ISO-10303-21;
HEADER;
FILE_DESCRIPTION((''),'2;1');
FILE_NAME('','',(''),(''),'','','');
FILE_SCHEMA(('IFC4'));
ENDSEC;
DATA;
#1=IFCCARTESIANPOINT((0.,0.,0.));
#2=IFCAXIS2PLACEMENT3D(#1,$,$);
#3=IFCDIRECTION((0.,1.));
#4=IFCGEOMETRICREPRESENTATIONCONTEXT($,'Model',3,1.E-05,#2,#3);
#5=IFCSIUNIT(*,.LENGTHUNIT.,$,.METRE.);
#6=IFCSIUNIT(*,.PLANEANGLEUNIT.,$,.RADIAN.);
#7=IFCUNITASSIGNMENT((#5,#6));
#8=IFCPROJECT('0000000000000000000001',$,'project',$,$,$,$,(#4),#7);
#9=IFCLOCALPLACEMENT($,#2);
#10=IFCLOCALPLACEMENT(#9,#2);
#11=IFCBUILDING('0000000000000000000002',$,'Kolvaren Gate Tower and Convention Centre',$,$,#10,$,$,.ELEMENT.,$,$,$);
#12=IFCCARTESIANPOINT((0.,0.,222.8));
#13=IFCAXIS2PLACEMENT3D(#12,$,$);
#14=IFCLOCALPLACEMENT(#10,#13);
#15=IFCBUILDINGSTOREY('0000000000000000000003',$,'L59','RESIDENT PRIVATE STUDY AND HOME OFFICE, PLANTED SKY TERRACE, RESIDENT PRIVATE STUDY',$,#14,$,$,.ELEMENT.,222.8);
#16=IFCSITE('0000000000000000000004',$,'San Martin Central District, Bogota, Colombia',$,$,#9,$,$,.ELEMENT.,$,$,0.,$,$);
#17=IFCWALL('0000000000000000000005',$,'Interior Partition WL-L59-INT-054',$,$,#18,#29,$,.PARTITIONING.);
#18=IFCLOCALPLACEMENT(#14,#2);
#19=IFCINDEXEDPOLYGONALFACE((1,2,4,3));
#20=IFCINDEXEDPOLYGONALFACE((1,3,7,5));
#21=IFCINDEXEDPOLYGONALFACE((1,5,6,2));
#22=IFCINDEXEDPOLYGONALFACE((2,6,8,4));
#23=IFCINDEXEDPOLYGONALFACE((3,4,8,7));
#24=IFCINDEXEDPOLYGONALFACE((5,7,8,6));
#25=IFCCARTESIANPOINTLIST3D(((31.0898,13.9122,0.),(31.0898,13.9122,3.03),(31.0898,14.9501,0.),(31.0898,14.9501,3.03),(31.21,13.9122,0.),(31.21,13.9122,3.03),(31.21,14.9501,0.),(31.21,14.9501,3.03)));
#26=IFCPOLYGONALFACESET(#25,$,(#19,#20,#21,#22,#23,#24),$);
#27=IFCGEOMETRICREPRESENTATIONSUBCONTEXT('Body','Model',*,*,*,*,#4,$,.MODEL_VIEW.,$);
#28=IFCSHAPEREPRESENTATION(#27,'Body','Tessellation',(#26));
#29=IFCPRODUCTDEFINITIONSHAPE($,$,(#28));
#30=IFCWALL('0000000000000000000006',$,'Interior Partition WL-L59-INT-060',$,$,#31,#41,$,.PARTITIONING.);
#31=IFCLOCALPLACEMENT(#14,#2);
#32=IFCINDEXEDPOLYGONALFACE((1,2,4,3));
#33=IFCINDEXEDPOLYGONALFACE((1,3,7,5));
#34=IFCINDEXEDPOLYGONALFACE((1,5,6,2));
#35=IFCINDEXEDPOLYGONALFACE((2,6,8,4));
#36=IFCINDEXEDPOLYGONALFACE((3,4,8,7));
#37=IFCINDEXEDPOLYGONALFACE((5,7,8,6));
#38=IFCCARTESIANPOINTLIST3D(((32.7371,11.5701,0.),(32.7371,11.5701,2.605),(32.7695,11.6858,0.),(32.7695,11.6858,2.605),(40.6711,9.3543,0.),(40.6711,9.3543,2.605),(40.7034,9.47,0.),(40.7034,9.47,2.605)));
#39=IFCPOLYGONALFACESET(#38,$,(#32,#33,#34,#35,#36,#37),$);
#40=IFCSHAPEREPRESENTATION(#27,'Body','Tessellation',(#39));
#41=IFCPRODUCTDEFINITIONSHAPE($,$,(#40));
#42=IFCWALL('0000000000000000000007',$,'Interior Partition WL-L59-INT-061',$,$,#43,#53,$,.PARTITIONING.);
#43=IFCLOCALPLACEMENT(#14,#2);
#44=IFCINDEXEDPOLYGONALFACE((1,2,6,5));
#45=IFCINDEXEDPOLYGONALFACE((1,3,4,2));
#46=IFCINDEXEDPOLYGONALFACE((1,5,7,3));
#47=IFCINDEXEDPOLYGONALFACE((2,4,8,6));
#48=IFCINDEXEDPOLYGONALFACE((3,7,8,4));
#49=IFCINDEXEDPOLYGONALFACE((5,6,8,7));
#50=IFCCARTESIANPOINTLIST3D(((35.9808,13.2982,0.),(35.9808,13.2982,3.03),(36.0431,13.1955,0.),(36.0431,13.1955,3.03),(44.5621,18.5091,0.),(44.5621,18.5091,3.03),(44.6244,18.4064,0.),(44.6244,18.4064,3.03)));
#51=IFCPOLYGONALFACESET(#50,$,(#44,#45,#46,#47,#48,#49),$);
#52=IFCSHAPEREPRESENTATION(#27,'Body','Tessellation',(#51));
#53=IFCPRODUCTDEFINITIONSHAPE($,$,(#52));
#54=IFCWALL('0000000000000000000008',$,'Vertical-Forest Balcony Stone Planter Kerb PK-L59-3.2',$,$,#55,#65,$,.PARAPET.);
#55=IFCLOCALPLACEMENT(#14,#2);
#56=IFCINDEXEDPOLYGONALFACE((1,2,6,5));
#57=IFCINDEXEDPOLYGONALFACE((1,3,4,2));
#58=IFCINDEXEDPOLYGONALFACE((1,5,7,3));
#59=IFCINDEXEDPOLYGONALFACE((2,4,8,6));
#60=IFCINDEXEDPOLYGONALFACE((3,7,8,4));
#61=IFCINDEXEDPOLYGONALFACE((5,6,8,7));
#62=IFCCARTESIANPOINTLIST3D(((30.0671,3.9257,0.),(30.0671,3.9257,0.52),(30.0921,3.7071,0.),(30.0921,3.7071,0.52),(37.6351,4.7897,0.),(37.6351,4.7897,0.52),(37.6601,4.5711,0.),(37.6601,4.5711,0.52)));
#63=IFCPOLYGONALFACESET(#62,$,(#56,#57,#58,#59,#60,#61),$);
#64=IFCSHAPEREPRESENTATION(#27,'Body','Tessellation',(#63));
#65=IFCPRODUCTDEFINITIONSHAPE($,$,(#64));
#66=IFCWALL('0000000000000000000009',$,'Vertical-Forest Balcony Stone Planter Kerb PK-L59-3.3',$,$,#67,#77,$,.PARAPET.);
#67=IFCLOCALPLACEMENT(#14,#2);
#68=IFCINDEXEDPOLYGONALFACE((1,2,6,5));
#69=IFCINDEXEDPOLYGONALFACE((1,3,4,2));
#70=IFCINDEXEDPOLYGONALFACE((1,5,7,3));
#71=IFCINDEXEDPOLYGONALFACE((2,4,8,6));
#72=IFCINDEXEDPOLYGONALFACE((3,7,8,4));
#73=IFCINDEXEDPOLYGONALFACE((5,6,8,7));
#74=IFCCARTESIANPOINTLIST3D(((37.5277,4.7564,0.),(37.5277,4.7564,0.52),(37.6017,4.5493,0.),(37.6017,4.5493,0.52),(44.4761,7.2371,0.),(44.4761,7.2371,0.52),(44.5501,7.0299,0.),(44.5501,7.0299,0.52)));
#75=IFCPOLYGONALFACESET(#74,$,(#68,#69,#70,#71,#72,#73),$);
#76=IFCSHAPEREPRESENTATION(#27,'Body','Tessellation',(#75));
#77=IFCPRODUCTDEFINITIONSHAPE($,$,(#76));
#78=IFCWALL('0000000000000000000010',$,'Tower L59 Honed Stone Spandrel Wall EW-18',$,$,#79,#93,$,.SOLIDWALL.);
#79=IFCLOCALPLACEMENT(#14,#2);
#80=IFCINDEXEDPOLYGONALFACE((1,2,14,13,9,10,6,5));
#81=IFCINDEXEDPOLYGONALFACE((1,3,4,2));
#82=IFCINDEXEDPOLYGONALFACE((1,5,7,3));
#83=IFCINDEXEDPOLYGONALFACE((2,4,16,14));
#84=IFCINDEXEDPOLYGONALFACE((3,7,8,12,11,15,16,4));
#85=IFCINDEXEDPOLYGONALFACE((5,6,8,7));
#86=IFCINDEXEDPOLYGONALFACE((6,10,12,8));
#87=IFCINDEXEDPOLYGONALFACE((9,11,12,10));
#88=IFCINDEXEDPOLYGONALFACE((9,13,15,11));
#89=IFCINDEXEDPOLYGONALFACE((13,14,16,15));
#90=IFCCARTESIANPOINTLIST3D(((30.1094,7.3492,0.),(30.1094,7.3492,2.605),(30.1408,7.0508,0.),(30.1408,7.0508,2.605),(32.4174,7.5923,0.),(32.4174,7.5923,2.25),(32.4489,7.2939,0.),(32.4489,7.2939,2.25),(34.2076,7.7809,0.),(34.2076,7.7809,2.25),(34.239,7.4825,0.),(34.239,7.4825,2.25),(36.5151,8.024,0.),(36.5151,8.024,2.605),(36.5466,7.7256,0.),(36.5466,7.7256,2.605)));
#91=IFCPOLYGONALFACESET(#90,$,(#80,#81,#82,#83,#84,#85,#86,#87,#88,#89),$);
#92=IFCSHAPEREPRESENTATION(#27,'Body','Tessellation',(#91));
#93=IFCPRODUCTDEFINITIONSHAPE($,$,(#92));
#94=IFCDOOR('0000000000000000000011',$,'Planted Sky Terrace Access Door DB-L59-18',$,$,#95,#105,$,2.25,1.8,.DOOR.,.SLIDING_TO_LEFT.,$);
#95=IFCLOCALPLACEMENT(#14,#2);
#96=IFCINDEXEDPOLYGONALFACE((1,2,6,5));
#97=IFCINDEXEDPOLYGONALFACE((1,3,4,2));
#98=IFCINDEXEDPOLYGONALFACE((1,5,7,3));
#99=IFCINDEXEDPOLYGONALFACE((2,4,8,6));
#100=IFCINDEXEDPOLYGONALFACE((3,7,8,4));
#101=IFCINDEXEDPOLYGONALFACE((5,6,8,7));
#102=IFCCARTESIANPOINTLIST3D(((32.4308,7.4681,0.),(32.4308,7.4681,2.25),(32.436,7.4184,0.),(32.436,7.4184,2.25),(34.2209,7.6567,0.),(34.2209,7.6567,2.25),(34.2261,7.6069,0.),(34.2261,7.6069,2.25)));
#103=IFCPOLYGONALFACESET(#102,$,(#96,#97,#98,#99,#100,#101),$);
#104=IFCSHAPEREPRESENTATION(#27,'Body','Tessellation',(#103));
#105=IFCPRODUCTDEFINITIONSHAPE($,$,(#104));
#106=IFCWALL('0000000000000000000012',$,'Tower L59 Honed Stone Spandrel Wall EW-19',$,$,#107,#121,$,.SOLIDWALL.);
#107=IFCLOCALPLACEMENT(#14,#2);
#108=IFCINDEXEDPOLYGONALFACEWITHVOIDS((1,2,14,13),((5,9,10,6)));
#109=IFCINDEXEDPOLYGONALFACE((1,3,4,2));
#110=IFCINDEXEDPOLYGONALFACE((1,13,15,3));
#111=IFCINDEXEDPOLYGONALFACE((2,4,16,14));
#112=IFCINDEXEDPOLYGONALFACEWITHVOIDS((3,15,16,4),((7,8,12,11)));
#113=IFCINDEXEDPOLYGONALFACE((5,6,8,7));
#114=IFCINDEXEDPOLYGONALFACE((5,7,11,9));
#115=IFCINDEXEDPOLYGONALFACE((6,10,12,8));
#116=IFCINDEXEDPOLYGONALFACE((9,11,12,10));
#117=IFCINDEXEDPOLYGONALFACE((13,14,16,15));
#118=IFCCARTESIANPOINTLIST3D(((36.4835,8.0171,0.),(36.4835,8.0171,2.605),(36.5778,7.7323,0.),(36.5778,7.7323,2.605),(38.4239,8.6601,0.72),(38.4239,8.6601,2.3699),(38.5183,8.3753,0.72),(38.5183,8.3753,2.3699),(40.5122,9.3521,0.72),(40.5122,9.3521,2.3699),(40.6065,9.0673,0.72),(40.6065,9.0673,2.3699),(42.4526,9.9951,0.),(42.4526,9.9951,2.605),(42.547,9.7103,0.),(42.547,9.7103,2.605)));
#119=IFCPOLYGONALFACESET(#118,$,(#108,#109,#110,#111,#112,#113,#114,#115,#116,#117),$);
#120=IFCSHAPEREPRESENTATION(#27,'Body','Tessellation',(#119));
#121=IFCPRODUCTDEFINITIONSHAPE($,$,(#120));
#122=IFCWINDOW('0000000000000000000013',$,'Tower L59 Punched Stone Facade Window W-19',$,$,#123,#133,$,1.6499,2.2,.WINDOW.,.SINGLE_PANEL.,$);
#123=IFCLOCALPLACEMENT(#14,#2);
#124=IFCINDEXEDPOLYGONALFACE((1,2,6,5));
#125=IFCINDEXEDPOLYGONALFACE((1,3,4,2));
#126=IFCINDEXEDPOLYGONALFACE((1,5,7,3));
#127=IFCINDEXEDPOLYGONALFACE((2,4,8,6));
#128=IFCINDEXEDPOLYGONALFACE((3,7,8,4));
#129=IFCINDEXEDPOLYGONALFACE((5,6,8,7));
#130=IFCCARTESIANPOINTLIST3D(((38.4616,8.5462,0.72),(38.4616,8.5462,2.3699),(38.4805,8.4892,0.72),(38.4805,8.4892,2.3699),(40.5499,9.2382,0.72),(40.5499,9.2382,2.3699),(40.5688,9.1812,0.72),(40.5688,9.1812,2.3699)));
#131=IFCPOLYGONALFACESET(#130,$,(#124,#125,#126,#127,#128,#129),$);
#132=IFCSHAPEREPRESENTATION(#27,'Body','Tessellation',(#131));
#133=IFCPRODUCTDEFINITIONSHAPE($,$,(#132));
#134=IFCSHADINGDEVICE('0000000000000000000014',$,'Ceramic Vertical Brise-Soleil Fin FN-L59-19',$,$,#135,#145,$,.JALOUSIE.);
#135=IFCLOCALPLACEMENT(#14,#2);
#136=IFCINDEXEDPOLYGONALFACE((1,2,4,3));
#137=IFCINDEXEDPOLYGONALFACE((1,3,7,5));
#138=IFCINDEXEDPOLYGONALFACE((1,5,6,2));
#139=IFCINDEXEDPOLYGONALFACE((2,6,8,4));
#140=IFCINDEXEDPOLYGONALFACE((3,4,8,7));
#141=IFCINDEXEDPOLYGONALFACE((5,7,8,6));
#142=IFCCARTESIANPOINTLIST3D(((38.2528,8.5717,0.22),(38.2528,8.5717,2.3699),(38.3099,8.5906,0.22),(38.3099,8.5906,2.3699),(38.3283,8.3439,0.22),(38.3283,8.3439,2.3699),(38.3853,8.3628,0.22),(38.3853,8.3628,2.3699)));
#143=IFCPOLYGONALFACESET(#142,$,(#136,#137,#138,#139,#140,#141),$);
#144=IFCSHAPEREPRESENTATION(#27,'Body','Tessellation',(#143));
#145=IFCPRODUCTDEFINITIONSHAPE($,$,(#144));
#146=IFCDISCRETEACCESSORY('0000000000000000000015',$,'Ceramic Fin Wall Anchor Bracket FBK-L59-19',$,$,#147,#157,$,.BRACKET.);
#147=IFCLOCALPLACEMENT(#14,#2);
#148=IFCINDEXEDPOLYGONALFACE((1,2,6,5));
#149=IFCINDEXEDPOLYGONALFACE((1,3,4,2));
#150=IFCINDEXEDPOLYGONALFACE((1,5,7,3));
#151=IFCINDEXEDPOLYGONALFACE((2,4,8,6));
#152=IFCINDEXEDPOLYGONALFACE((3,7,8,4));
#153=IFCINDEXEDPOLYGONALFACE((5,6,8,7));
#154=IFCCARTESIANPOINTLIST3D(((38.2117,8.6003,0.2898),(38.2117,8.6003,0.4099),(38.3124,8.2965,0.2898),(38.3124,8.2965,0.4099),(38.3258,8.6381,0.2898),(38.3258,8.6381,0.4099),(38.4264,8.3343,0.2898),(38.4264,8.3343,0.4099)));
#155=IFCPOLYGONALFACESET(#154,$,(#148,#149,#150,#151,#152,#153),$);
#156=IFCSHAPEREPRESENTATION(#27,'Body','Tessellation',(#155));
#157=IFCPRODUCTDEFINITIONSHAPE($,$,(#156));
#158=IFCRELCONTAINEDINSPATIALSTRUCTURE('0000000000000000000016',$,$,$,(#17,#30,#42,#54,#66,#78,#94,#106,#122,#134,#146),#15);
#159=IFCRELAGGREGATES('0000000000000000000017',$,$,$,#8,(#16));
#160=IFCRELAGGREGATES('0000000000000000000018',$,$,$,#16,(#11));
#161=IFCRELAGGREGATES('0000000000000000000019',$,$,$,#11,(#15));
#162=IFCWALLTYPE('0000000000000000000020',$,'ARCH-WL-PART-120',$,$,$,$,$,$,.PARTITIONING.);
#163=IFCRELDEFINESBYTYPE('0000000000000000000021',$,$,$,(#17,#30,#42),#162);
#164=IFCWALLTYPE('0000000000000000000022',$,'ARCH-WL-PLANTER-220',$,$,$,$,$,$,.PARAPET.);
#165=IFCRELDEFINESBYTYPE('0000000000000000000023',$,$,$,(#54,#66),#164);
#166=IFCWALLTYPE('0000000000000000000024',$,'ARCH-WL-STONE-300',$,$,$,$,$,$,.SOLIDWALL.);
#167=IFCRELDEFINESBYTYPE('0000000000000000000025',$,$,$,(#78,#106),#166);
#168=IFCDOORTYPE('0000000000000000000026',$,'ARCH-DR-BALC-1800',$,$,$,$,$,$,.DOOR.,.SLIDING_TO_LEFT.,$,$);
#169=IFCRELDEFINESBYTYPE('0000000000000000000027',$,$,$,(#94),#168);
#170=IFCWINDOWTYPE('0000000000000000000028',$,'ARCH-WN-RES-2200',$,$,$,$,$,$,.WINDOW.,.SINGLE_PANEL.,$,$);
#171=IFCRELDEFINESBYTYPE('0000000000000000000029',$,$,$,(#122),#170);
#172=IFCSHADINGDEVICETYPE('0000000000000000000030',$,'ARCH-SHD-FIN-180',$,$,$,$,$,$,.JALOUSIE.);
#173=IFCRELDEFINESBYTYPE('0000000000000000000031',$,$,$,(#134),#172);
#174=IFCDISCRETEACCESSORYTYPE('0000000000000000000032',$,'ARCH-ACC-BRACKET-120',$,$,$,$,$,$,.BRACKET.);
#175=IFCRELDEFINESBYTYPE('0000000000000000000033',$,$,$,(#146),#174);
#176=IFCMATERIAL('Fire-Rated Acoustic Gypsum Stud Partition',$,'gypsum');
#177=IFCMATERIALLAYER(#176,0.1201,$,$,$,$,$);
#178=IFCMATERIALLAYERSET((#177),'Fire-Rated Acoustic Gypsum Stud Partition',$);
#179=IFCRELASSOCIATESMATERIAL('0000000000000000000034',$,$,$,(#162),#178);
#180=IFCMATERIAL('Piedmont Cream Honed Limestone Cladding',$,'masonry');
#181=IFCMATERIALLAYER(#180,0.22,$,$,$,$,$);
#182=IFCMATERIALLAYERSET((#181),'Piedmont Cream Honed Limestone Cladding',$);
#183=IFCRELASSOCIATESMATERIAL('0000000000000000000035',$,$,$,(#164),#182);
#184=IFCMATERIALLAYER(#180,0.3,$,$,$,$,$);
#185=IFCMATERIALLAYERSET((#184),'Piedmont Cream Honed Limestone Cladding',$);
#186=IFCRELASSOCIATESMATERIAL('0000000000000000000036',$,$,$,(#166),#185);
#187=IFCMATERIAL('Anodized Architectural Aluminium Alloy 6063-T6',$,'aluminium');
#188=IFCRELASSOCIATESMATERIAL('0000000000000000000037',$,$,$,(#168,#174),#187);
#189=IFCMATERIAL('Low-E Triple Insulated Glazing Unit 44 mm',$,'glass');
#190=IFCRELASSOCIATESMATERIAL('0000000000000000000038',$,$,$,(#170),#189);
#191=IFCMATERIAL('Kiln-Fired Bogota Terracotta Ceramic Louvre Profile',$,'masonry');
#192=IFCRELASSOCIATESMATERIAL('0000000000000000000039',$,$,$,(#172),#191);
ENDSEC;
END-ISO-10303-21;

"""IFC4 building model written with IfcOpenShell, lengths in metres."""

from ifc_helpers import new_model, si_unit, direction, frame, frame_2d, origin, origin_2d, place, context, subcontext, project, spatial, rectangle, extrude, material, layer, layer_set, type_object, element, fill, save


model = new_model("IFC4")

# Units and contexts
model_context = context("Model", 3, precision=1e-05, world=origin(), true_north=direction((0.0, 1.0)))
body_context = subcontext(model_context, "Body", "Model", "MODEL_VIEW")
ifc_project = project(units=[si_unit("LENGTHUNIT", "METRE"), si_unit("PLANEANGLEUNIT", "RADIAN")], contexts=[model_context])

# Site, building, storey
site_placement = place(None, origin())
site = spatial("IfcSite", under=ifc_project, at=site_placement, Name="San Martin Central District, Bogota, Colombia", CompositionType="ELEMENT", RefElevation=0.0)
building_placement = place(site_placement, origin())
building = spatial("IfcBuilding", under=site, at=building_placement, Name="Kolvaren Gate Tower and Convention Centre", CompositionType="ELEMENT")
storey_placement = place(building_placement, frame((0.0, 0.0, 222.8)))
storey = spatial("IfcBuildingStorey", under=building, at=storey_placement, Name="L59", Description="RESIDENT PRIVATE STUDY AND HOME OFFICE, PLANTED SKY TERRACE, RESIDENT PRIVATE STUDY", CompositionType="ELEMENT", Elevation=222.8)

# Shared definitions
ifc_material_1 = material(Name="Fire-Rated Acoustic Gypsum Stud Partition", Category="gypsum")
ifc_layer_1 = layer(ifc_material_1, 0.1201)
ifc_layer_set_1 = layer_set([ifc_layer_1], Name="Fire-Rated Acoustic Gypsum Stud Partition")
wall_type_1 = type_object("IfcWallType", Name="ARCH-WL-PART-120", PredefinedType="PARTITIONING", material=ifc_layer_set_1)

# Walls
wall_1_placement = place(storey_placement, frame((31.1499, 13.9121, 0.0), z_axis=(0.0, 0.0, 1.0), x_axis=(0.0, 1.0, 0.0)))
element("IfcWall", 1, at=wall_1_placement, inside=storey, type_object=wall_type_1, Name="Interior Partition WL-L59-INT-054", PredefinedType="PARTITIONING", context=body_context, shape_type="SweptSolid", body=[
    extrude(rectangle(XDim=1.0378, YDim=0.1201, at=frame_2d((0.519, 0.0))), origin(), (0.0, 0.0, 1.0), 3.03),
])
wall_2_placement = place(storey_placement, frame((32.7534, 11.6279, 0.0), z_axis=(0.0, 0.0, 1.0), x_axis=(0.963142, -0.268993, 0.0)))
element("IfcWall", 2, at=wall_2_placement, inside=storey, type_object=wall_type_1, Name="Interior Partition WL-L59-INT-060", PredefinedType="PARTITIONING", context=body_context, shape_type="SweptSolid", body=[
    extrude(rectangle(XDim=8.2375, YDim=0.1201, at=frame_2d((4.1187, 0.0))), origin(), (0.0, 0.0, 1.0), 2.605),
])
wall_3_placement = place(storey_placement, frame((36.012, 13.2468, 0.0), z_axis=(0.0, 0.0, 1.0), x_axis=(0.854749, 0.519041, 0.0)))
element("IfcWall", 3, at=wall_3_placement, inside=storey, type_object=wall_type_1, Name="Interior Partition WL-L59-INT-061", PredefinedType="PARTITIONING", context=body_context, shape_type="SweptSolid", body=[
    extrude(rectangle(XDim=10.0396, YDim=0.1201, at=frame_2d((5.0198, 0.0))), origin(), (0.0, 0.0, 1.0), 3.03),
])
ifc_material_2 = material(Name="Piedmont Cream Honed Limestone Cladding", Category="masonry")
ifc_layer_2 = layer(ifc_material_2, 0.22)
ifc_layer_set_2 = layer_set([ifc_layer_2], Name="Piedmont Cream Honed Limestone Cladding")
wall_type_2 = type_object("IfcWallType", Name="ARCH-WL-PLANTER-220", PredefinedType="PARAPET", material=ifc_layer_set_2)
wall_4_placement = place(storey_placement, frame((30.0796, 3.8164, 0.0), z_axis=(0.0, 0.0, 1.0), x_axis=(0.993546, 0.113428, 0.0)))
element("IfcWall", 4, at=wall_4_placement, inside=storey, type_object=wall_type_2, Name="Vertical-Forest Balcony Stone Planter Kerb PK-L59-3.2", PredefinedType="PARAPET", context=body_context, shape_type="SweptSolid", body=[
    extrude(rectangle(XDim=7.6172, YDim=0.22, at=frame_2d((3.8086, 0.0))), origin(), (0.0, 0.0, 1.0), 0.52),
])
wall_5_placement = place(storey_placement, frame((37.5647, 4.6528, 0.0), z_axis=(0.0, 0.0, 1.0), x_axis=(0.94178, 0.336229, 0.0)))
element("IfcWall", 5, at=wall_5_placement, inside=storey, type_object=wall_type_2, Name="Vertical-Forest Balcony Stone Planter Kerb PK-L59-3.3", PredefinedType="PARAPET", context=body_context, shape_type="SweptSolid", body=[
    extrude(rectangle(XDim=7.3779, YDim=0.22, at=frame_2d((3.689, 0.0))), origin(), (0.0, 0.0, 1.0), 0.52),
])

# Wall, opening, door
ifc_layer_3 = layer(ifc_material_2, 0.3)
ifc_layer_set_3 = layer_set([ifc_layer_3], Name="Piedmont Cream Honed Limestone Cladding")
wall_type_3 = type_object("IfcWallType", Name="ARCH-WL-STONE-300", PredefinedType="SOLIDWALL", material=ifc_layer_set_3)
wall_6_placement = place(storey_placement, frame((30.125, 7.2, 0.0), z_axis=(0.0, 0.0, 1.0), x_axis=(0.994497, 0.104764, 0.0)))
wall_6 = element("IfcWall", 6, at=wall_6_placement, inside=storey, type_object=wall_type_3, Name="Tower L59 Honed Stone Spandrel Wall EW-18", PredefinedType="SOLIDWALL", context=body_context, shape_type="SweptSolid", body=[
    extrude(rectangle(XDim=6.4412, YDim=0.3, at=frame_2d((3.2207, 0.0))), origin(), (0.0, 0.0, 1.0), 2.605),
])
opening_1_placement = place(wall_6_placement, frame((2.321, 0.0, 0.0)))
opening_1 = element("IfcOpeningElement", 7, at=opening_1_placement, cuts=wall_6, PredefinedType="OPENING", context=body_context, shape_type="SweptSolid", body=[
    extrude(rectangle(XDim=1.8, YDim=2.25, at=frame_2d((0.8999, 1.125))), frame((0.0, 0.1599, 0.0), z_axis=(0.0, -1.0, 0.0), x_axis=(1.0, 0.0, 0.0)), (0.0, 0.0, 1.0), 0.3201),
])
ifc_material_3 = material(Name="Anodized Architectural Aluminium Alloy 6063-T6", Category="aluminium")
door_type_1 = type_object("IfcDoorType", Name="ARCH-DR-BALC-1800", OperationType="SLIDING_TO_LEFT", PredefinedType="DOOR", material=ifc_material_3)
door_1_placement = place(opening_1_placement, frame((1.8, 0.0, 0.0), z_axis=(0.0, 0.0, 1.0), x_axis=(-1.0, 0.0, 0.0)))
door_1 = element("IfcDoor", 8, at=door_1_placement, inside=storey, type_object=door_type_1, Name="Planted Sky Terrace Access Door DB-L59-18", OperationType="SLIDING_TO_LEFT", OverallHeight=2.25, OverallWidth=1.8, PredefinedType="DOOR", context=body_context, shape_type="SweptSolid", body=[
    extrude(rectangle(XDim=1.8, YDim=2.25, at=frame_2d((0.8999, 1.125))), frame((0.0, 0.0249, 0.0), z_axis=(0.0, -1.0, 0.0), x_axis=(1.0, 0.0, 0.0)), (0.0, 0.0, 1.0), 0.05),
])
fill(opening_1, door_1)

# Wall, opening, window
wall_7_placement = place(storey_placement, frame((36.5308, 7.8748, 0.0), z_axis=(0.0, 0.0, 1.0), x_axis=(0.949241, 0.31455, 0.0)))
wall_7 = element("IfcWall", 9, at=wall_7_placement, inside=storey, type_object=wall_type_3, Name="Tower L59 Honed Stone Spandrel Wall EW-19", PredefinedType="SOLIDWALL", context=body_context, shape_type="SweptSolid", body=[
    extrude(rectangle(XDim=6.2883, YDim=0.3, at=frame_2d((3.144, 0.0))), origin(), (0.0, 0.0, 1.0), 2.605),
])
opening_2_placement = place(wall_7_placement, frame((2.0439, 0.0, 0.72)))
opening_2 = element("IfcOpeningElement", 10, at=opening_2_placement, cuts=wall_7, PredefinedType="OPENING", context=body_context, shape_type="SweptSolid", body=[
    extrude(rectangle(XDim=2.2, YDim=1.6499, at=frame_2d((1.1001, 0.825))), frame((0.0, 0.1599, 0.0), z_axis=(0.0, -1.0, 0.0), x_axis=(1.0, 0.0, 0.0)), (0.0, 0.0, 1.0), 0.3201),
])
ifc_material_4 = material(Name="Low-E Triple Insulated Glazing Unit 44 mm", Category="glass")
window_type = type_object("IfcWindowType", Name="ARCH-WN-RES-2200", PartitioningType="SINGLE_PANEL", PredefinedType="WINDOW", material=ifc_material_4)
window_placement = place(opening_2_placement, origin())
window = element("IfcWindow", 11, at=window_placement, inside=storey, type_object=window_type, Name="Tower L59 Punched Stone Facade Window W-19", OverallHeight=1.6499, OverallWidth=2.2, PartitioningType="SINGLE_PANEL", PredefinedType="WINDOW", context=body_context, shape_type="SweptSolid", body=[
    extrude(rectangle(XDim=2.2, YDim=1.6499, at=frame_2d((1.1001, 0.825))), frame((0.0, 0.03, 0.0), z_axis=(0.0, -1.0, 0.0), x_axis=(1.0, 0.0, 0.0)), (0.0, 0.0, 1.0), 0.0601),
])
fill(opening_2, window)

# Shading device
ifc_material_5 = material(Name="Kiln-Fired Bogota Terracotta Ceramic Louvre Profile", Category="masonry")
shading_device_type = type_object("IfcShadingDeviceType", Name="ARCH-SHD-FIN-180", PredefinedType="JALOUSIE", material=ifc_material_5)
shading_device_placement = place(storey_placement, frame((38.3191, 8.4673, 0.22), z_axis=(0.0, 0.0, 1.0), x_axis=(0.949242, 0.314548, 0.0)))
element("IfcShadingDevice", 12, at=shading_device_placement, inside=storey, type_object=shading_device_type, Name="Ceramic Vertical Brise-Soleil Fin FN-L59-19", PredefinedType="JALOUSIE", context=body_context, shape_type="SweptSolid", body=[
    extrude(rectangle(XDim=0.0601, YDim=0.24, at=origin_2d()), origin(), (0.0, 0.0, 1.0), 2.1499),
])

# Discrete accessory
discrete_accessory_type = type_object("IfcDiscreteAccessoryType", Name="ARCH-ACC-BRACKET-120", PredefinedType="BRACKET", material=ifc_material_3)
discrete_accessory_placement = place(storey_placement, frame((38.3191, 8.4673, 0.2898), z_axis=(0.0, 0.0, 1.0), x_axis=(0.949242, 0.314548, 0.0)))
element("IfcDiscreteAccessory", 13, at=discrete_accessory_placement, inside=storey, type_object=discrete_accessory_type, Name="Ceramic Fin Wall Anchor Bracket FBK-L59-19", PredefinedType="BRACKET", context=body_context, shape_type="SweptSolid", body=[
    extrude(rectangle(XDim=0.1201, YDim=0.3201, at=origin_2d()), origin(), (0.0, 0.0, 1.0), 0.1201),
])

save(model, "model.ifc")
